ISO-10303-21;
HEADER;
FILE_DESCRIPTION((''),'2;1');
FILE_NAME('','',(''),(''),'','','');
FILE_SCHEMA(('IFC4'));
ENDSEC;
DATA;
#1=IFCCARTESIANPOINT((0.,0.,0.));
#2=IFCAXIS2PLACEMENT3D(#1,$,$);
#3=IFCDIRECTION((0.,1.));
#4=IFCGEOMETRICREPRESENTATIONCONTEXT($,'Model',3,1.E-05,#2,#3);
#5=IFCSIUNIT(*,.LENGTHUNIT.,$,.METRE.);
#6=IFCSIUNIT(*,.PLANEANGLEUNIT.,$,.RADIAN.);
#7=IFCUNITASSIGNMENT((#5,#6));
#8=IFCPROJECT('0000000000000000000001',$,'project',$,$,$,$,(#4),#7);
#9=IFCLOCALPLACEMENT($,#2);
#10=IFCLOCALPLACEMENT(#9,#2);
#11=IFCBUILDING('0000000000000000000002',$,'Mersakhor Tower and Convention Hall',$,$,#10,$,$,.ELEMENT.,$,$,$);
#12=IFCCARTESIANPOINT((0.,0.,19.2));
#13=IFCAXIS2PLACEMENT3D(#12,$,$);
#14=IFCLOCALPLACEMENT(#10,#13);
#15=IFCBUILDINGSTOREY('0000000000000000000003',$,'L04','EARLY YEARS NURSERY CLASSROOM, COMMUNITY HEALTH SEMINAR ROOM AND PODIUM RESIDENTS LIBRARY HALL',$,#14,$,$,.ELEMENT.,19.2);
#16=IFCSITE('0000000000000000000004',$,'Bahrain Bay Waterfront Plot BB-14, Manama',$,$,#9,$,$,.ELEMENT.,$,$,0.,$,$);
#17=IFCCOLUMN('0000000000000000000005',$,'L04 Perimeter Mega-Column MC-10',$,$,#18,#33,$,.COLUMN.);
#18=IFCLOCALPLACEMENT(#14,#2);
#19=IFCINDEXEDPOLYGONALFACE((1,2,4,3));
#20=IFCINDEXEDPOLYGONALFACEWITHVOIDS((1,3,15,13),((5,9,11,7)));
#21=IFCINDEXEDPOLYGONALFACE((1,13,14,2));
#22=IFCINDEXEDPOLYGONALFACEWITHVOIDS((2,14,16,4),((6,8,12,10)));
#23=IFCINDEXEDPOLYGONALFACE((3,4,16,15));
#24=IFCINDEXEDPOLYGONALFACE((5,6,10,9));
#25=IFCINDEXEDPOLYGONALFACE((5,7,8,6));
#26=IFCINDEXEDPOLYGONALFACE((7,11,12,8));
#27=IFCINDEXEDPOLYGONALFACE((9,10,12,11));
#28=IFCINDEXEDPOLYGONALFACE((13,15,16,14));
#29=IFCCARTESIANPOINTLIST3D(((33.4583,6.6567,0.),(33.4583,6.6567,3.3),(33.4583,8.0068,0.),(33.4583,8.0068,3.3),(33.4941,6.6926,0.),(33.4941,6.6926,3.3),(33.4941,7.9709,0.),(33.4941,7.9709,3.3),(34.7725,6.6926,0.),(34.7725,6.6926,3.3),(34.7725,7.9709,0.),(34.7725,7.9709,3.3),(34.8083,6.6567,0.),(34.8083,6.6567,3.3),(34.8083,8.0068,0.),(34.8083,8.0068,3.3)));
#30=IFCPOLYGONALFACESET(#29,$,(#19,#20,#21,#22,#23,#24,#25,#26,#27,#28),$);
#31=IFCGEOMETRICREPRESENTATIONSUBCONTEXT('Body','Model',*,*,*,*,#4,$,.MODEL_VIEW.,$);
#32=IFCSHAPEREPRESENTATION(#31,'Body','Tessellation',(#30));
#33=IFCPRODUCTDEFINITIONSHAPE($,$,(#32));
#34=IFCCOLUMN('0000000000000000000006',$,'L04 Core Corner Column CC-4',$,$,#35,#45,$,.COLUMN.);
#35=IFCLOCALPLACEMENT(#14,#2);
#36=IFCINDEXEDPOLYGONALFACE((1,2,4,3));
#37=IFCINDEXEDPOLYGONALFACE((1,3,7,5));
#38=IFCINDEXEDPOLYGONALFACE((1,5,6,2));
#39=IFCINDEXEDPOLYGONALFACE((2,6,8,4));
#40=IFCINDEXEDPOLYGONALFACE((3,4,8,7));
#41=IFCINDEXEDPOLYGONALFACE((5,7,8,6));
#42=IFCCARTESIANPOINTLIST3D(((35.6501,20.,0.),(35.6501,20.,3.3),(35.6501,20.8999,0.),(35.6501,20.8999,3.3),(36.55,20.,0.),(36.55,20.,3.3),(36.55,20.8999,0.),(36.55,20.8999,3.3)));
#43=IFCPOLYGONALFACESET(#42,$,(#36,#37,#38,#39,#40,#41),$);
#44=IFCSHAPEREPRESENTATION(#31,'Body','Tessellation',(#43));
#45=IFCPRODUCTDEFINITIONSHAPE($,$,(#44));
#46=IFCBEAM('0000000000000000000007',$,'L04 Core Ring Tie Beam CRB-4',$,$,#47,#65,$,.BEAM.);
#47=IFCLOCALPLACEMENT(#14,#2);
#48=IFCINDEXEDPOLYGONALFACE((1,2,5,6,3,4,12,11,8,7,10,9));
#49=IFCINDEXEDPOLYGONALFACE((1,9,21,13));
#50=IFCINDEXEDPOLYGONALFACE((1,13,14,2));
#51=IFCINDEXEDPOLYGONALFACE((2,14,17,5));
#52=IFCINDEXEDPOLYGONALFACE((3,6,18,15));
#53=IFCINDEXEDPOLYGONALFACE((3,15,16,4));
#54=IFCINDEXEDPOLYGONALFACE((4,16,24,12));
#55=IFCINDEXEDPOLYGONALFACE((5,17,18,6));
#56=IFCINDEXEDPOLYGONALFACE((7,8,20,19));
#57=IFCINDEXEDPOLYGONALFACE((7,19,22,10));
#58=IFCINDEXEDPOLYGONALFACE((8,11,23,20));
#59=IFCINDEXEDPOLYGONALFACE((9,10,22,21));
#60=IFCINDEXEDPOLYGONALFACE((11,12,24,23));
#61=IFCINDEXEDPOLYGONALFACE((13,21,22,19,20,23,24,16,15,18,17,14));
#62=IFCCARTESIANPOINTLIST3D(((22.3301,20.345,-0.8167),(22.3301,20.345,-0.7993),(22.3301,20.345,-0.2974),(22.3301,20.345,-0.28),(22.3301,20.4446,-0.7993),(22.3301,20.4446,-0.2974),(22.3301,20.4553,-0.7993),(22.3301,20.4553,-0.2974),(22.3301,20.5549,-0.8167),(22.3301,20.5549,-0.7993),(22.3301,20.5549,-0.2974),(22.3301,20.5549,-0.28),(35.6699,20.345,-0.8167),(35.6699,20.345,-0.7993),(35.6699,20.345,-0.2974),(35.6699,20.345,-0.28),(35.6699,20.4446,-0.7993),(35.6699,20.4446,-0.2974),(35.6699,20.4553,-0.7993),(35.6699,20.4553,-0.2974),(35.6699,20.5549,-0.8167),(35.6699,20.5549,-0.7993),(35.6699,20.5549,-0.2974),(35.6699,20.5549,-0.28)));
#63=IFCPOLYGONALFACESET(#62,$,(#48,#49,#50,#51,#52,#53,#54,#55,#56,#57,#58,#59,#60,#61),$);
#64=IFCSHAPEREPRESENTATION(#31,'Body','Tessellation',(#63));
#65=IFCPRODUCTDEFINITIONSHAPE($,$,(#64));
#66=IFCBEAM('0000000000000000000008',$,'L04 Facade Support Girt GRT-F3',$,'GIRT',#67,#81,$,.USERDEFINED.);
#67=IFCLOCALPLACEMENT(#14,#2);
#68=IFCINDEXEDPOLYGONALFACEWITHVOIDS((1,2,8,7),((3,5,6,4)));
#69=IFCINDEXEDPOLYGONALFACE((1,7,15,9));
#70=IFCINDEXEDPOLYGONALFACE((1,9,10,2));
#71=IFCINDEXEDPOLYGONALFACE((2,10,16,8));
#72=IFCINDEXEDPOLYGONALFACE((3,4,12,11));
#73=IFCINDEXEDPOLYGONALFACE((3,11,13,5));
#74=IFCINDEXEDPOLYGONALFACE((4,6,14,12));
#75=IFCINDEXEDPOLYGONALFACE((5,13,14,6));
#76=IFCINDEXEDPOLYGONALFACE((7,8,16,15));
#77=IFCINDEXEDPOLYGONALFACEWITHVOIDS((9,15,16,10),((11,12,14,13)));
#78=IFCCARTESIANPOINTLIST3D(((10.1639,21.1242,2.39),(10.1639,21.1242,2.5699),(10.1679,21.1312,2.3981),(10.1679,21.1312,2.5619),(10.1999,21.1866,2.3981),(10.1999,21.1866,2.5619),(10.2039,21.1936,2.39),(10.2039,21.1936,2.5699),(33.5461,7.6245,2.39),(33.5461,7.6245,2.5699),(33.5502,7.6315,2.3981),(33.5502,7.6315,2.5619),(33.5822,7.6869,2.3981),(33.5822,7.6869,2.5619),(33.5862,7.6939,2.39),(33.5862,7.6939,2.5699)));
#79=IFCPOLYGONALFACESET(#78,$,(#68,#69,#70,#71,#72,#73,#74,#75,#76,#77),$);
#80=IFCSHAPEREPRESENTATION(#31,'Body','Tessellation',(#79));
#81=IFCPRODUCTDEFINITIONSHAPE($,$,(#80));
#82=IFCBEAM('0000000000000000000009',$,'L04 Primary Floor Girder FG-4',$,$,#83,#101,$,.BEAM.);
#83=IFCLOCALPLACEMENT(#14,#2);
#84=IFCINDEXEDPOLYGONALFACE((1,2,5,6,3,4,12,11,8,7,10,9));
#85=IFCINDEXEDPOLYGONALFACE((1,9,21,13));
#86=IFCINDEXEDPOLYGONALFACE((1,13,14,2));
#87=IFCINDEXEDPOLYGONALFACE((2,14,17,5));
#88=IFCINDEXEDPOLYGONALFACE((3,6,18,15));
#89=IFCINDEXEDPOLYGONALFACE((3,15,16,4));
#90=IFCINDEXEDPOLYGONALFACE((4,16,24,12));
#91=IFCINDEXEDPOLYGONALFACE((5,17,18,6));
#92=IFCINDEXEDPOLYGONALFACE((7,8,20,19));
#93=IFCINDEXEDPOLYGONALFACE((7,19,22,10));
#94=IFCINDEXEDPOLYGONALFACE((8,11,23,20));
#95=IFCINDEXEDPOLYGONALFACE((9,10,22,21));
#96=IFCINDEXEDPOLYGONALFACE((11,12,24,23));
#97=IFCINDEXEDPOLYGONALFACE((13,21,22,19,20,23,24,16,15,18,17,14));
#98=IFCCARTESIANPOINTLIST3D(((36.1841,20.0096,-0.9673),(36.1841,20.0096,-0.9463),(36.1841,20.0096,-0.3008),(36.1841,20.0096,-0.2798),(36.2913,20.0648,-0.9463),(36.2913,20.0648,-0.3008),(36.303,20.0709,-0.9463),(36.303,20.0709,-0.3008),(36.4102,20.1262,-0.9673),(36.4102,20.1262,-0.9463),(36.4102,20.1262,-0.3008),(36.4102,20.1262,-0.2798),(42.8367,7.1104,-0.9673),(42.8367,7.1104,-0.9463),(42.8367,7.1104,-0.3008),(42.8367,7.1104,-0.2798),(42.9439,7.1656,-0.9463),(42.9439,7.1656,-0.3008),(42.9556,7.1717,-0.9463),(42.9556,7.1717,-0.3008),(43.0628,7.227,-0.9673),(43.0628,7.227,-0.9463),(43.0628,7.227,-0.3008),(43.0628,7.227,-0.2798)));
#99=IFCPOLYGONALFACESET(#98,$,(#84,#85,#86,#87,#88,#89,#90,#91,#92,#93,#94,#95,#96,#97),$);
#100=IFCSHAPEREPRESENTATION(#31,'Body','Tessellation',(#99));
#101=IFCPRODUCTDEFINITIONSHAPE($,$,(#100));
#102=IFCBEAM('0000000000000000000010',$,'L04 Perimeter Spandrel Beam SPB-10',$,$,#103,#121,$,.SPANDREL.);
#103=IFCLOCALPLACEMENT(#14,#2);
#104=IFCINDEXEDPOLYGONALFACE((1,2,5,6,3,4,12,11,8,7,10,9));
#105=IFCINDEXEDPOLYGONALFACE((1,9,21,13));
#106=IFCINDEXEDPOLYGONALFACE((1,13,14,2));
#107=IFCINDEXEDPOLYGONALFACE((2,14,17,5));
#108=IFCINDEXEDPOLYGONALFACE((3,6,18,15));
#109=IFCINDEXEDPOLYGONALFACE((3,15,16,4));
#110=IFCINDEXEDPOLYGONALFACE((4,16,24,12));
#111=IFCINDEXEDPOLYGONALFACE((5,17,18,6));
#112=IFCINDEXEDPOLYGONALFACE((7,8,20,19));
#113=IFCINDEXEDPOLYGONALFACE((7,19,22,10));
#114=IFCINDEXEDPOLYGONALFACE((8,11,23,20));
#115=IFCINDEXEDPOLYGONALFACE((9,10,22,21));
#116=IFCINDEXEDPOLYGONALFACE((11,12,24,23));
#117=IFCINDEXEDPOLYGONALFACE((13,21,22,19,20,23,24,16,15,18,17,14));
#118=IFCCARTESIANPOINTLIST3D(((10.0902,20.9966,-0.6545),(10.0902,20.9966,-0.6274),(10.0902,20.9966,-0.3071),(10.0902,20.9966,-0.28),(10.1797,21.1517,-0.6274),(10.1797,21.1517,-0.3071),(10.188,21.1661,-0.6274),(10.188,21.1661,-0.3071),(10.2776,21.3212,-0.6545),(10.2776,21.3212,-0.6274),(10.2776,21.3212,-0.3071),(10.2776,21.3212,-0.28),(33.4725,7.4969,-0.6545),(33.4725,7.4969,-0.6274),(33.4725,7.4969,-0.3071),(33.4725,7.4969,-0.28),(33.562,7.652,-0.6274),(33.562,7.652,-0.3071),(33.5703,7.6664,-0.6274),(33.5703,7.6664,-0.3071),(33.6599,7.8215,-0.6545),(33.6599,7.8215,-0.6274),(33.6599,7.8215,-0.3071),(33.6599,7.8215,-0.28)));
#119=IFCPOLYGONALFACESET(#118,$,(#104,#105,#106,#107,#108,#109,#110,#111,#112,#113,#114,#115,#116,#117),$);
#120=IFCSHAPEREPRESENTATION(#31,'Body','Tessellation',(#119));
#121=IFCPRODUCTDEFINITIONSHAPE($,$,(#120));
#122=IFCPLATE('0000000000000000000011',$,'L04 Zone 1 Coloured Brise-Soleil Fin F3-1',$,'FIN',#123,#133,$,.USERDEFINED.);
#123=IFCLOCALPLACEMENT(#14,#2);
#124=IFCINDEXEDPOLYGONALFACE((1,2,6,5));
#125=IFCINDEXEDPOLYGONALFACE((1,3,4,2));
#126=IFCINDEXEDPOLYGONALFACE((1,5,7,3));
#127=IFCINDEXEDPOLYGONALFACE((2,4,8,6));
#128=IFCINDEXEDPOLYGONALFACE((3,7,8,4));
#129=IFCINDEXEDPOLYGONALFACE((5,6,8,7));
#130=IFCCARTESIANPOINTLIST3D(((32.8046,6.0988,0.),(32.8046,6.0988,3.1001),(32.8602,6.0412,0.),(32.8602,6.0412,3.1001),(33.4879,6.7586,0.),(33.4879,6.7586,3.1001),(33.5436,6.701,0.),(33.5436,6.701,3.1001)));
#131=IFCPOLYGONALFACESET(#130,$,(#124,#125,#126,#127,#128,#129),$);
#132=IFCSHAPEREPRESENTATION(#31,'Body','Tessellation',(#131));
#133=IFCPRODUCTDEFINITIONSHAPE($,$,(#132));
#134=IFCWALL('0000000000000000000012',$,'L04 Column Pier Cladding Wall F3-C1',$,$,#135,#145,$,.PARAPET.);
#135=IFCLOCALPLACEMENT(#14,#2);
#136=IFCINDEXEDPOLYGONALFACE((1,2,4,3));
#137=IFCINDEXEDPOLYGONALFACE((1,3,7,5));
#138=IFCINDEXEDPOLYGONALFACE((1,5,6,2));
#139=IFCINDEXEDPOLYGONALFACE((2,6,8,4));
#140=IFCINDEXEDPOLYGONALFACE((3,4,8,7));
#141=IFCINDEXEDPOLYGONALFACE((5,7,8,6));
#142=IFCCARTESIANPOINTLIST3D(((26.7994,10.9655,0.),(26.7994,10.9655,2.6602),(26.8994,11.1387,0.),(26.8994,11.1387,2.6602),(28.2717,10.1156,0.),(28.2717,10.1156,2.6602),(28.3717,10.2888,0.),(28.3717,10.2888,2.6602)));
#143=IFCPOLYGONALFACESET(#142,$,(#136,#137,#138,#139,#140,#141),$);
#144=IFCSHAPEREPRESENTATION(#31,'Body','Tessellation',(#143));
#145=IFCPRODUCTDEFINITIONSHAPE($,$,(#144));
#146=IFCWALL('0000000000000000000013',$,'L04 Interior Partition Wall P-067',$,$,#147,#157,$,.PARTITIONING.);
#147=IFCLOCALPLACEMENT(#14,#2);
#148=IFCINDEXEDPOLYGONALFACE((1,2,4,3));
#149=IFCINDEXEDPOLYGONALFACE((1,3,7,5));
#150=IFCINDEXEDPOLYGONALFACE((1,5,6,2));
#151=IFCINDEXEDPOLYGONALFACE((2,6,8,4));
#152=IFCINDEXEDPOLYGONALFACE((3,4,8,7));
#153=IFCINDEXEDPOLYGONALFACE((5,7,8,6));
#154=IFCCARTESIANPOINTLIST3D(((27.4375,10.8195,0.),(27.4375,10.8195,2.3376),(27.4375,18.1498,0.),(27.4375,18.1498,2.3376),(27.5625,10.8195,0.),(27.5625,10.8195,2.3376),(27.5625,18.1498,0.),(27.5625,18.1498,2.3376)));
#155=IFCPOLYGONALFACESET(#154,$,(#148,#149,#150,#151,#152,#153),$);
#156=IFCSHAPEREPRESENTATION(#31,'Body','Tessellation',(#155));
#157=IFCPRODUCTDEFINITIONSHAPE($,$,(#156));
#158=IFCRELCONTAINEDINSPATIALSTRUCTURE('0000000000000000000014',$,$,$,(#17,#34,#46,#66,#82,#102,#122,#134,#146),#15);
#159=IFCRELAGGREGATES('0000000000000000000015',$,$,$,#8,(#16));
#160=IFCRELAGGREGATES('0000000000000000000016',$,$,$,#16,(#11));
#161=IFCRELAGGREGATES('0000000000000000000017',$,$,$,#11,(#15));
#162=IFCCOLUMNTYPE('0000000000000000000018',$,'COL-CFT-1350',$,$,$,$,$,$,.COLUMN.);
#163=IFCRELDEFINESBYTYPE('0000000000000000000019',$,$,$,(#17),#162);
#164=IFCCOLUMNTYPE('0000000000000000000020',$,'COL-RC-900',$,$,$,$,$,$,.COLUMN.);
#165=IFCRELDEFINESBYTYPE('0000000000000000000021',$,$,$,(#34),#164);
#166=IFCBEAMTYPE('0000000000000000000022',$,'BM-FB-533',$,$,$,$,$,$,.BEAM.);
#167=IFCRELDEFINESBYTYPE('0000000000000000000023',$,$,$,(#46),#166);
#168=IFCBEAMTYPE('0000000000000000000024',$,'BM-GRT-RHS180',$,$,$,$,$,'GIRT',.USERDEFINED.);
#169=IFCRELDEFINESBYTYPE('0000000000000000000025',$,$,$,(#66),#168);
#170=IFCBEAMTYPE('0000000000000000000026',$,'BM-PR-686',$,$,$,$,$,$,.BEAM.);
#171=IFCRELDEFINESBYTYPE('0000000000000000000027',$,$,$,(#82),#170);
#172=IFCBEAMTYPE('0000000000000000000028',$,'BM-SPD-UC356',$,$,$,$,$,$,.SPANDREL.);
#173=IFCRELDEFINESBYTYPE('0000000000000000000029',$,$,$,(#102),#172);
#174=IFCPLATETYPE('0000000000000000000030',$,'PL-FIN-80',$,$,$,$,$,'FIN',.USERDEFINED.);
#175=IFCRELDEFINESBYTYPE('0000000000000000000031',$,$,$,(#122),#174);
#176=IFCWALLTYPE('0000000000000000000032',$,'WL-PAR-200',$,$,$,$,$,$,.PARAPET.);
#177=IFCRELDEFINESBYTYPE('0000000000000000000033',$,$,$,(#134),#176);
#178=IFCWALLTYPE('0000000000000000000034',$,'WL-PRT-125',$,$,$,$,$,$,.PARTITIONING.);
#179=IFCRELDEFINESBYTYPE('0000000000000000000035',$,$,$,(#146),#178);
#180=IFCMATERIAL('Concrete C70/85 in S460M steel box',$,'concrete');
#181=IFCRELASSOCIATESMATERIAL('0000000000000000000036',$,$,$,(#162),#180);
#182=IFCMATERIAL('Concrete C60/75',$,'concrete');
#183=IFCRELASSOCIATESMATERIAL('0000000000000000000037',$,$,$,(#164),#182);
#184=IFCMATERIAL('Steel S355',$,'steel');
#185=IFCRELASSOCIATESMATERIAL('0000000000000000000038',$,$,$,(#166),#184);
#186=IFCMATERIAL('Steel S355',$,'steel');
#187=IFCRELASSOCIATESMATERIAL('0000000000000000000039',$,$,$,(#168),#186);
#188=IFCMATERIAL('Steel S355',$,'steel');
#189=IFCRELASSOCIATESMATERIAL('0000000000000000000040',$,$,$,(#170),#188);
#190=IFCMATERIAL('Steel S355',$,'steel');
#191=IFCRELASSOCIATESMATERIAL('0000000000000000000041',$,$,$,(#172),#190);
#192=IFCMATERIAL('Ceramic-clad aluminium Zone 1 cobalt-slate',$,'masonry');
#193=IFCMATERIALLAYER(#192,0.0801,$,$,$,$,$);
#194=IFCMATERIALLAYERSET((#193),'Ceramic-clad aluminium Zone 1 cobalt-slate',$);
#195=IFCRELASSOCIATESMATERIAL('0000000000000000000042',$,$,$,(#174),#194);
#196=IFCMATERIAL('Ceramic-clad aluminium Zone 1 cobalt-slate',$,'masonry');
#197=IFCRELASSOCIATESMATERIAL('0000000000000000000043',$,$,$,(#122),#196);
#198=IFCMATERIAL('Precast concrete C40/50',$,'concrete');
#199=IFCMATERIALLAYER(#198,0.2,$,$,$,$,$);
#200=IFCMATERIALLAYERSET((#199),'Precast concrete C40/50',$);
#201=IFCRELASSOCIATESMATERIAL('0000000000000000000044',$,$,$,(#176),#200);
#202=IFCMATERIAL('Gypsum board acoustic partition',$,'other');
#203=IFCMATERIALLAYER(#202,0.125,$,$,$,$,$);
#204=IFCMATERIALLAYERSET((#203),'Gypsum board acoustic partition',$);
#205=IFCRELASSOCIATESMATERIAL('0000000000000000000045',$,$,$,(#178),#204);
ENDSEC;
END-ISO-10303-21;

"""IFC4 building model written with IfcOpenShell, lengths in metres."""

from ifc_helpers import new_model, si_unit, direction, frame, frame_2d, origin, origin_2d, place, context, subcontext, project, spatial, rectangle, hollow_rectangle, i_section, extrude, material, layer, layer_set, material_profile, profile_set, type_object, element, save


model = new_model("IFC4")

# Units and contexts
model_context = context("Model", 3, precision=1e-05, world=origin(), true_north=direction((0.0, 1.0)))
body_context = subcontext(model_context, "Body", "Model", "MODEL_VIEW")
ifc_project = project(units=[si_unit("LENGTHUNIT", "METRE"), si_unit("PLANEANGLEUNIT", "RADIAN")], contexts=[model_context])

# Site, building, storey
site_placement = place(None, origin())
site = spatial("IfcSite", under=ifc_project, at=site_placement, Name="Bahrain Bay Waterfront Plot BB-14, Manama", CompositionType="ELEMENT", RefElevation=0.0)
building_placement = place(site_placement, origin())
building = spatial("IfcBuilding", under=site, at=building_placement, Name="Mersakhor Tower and Convention Hall", CompositionType="ELEMENT")
storey_placement = place(building_placement, frame((0.0, 0.0, 19.2)))
storey = spatial("IfcBuildingStorey", under=building, at=storey_placement, Name="L04", Description="EARLY YEARS NURSERY CLASSROOM, COMMUNITY HEALTH SEMINAR ROOM AND PODIUM RESIDENTS LIBRARY HALL", CompositionType="ELEMENT", Elevation=19.2)

# Columns
ifc_material_1 = material(Name="Concrete C70/85 in S460M steel box", Category="concrete")
ifc_material_profile_1 = material_profile(ifc_material_1, hollow_rectangle(XDim=1.3501, YDim=1.3501, WallThickness=0.0359, at=origin_2d()), Name="SHS 1350x1350x36")
ifc_profile_set_1 = profile_set([ifc_material_profile_1], Name="Concrete C70/85 in S460M steel box")
column_type_1 = type_object("IfcColumnType", Name="COL-CFT-1350", PredefinedType="COLUMN", material=ifc_profile_set_1)
column_1_placement = place(storey_placement, frame((34.1333, 7.3318, 0.0), z_axis=(0.0, 0.0, 1.0), x_axis=(1.0, 0.0, 0.0)))
element("IfcColumn", 1, at=column_1_placement, inside=storey, type_object=column_type_1, Name="L04 Perimeter Mega-Column MC-10", PredefinedType="COLUMN", context=body_context, shape_type="SweptSolid", body=[
    extrude(hollow_rectangle(XDim=1.3501, YDim=1.3501, WallThickness=0.0359, at=origin_2d()), origin(), (0.0, 0.0, 1.0), 3.3),
])
ifc_material_2 = material(Name="Concrete C60/75", Category="concrete")
ifc_material_profile_2 = material_profile(ifc_material_2, rectangle(XDim=0.8999, YDim=0.8999, at=origin_2d()), Name="RC 900x900")
ifc_profile_set_2 = profile_set([ifc_material_profile_2], Name="Concrete C60/75")
column_type_2 = type_object("IfcColumnType", Name="COL-RC-900", PredefinedType="COLUMN", material=ifc_profile_set_2)
column_2_placement = place(storey_placement, frame((36.1001, 20.45, 0.0), z_axis=(0.0, 0.0, 1.0), x_axis=(1.0, 0.0, 0.0)))
element("IfcColumn", 2, at=column_2_placement, inside=storey, type_object=column_type_2, Name="L04 Core Corner Column CC-4", PredefinedType="COLUMN", context=body_context, shape_type="SweptSolid", body=[
    extrude(rectangle(XDim=0.8999, YDim=0.8999, at=origin_2d()), origin(), (0.0, 0.0, 1.0), 3.3),
])

# Beams
ifc_material_3 = material(Name="Steel S355", Category="steel")
ifc_material_profile_3 = material_profile(ifc_material_3, i_section(OverallWidth=0.21, OverallDepth=0.5366, WebThickness=0.0107, FlangeThickness=0.0173, at=origin_2d()), Name="UB 533x210x101")
ifc_profile_set_3 = profile_set([ifc_material_profile_3], Name="Steel S355")
beam_type_1 = type_object("IfcBeamType", Name="BM-FB-533", PredefinedType="BEAM", material=ifc_profile_set_3)
beam_1_placement = place(storey_placement, frame((35.6699, 20.45, -0.5483), z_axis=(-1.0, 0.0, 0.0), x_axis=(0.0, -1.0, 0.0)))
element("IfcBeam", 3, at=beam_1_placement, inside=storey, type_object=beam_type_1, Name="L04 Core Ring Tie Beam CRB-4", PredefinedType="BEAM", context=body_context, shape_type="SweptSolid", body=[
    extrude(i_section(OverallWidth=0.21, OverallDepth=0.5366, WebThickness=0.0107, FlangeThickness=0.0173, at=origin_2d()), origin(), (0.0, 0.0, 1.0), 13.3398),
])
ifc_material_4 = material(Name="Steel S355", Category="steel")
ifc_material_profile_4 = material_profile(ifc_material_4, hollow_rectangle(XDim=0.0801, YDim=0.1799, WallThickness=0.0081, at=origin_2d()), Name="RHS 180x80x8")
ifc_profile_set_4 = profile_set([ifc_material_profile_4], Name="Steel S355")
beam_type_2 = type_object("IfcBeamType", Name="BM-GRT-RHS180", ElementType="GIRT", PredefinedType="USERDEFINED", material=ifc_profile_set_4)
beam_2_placement = place(storey_placement, frame((33.5662, 7.6592, 2.48), z_axis=(-0.866026, 0.499999, 0.0), x_axis=(-0.499999, -0.866026, 0.0)))
element("IfcBeam", 4, at=beam_2_placement, inside=storey, type_object=beam_type_2, Name="L04 Facade Support Girt GRT-F3", ObjectType="GIRT", PredefinedType="USERDEFINED", context=body_context, shape_type="SweptSolid", body=[
    extrude(hollow_rectangle(XDim=0.0801, YDim=0.1799, WallThickness=0.0081, at=origin_2d()), origin(), (0.0, 0.0, 1.0), 26.9995),
])
ifc_material_5 = material(Name="Steel S355", Category="steel")
ifc_material_profile_5 = material_profile(ifc_material_5, i_section(OverallWidth=0.2544, OverallDepth=0.6875, WebThickness=0.0132, FlangeThickness=0.021, at=origin_2d()), Name="UB 686x254x152")
ifc_profile_set_5 = profile_set([ifc_material_profile_5], Name="Steel S355")
beam_type_3 = type_object("IfcBeamType", Name="BM-PR-686", PredefinedType="BEAM", material=ifc_profile_set_5)
beam_3_placement = place(storey_placement, frame((36.2971, 20.0679, -0.6235), z_axis=(0.458368, -0.888762, 0.0), x_axis=(0.888762, 0.458368, 0.0)))
element("IfcBeam", 5, at=beam_3_placement, inside=storey, type_object=beam_type_3, Name="L04 Primary Floor Girder FG-4", PredefinedType="BEAM", context=body_context, shape_type="SweptSolid", body=[
    extrude(i_section(OverallWidth=0.2544, OverallDepth=0.6875, WebThickness=0.0132, FlangeThickness=0.021, at=origin_2d()), origin(), (0.0, 0.0, 1.0), 14.5137),
])
ifc_material_6 = material(Name="Steel S355", Category="steel")
ifc_material_profile_6 = material_profile(ifc_material_6, i_section(OverallWidth=0.3748, OverallDepth=0.3745, WebThickness=0.0166, FlangeThickness=0.0271, at=origin_2d()), Name="UC 356x368x202")
ifc_profile_set_6 = profile_set([ifc_material_profile_6], Name="Steel S355")
beam_type_4 = type_object("IfcBeamType", Name="BM-SPD-UC356", PredefinedType="SPANDREL", material=ifc_profile_set_6)
beam_4_placement = place(storey_placement, frame((33.5662, 7.6592, -0.4673), z_axis=(-0.866026, 0.499999, 0.0), x_axis=(-0.499999, -0.866026, 0.0)))
element("IfcBeam", 6, at=beam_4_placement, inside=storey, type_object=beam_type_4, Name="L04 Perimeter Spandrel Beam SPB-10", PredefinedType="SPANDREL", context=body_context, shape_type="SweptSolid", body=[
    extrude(i_section(OverallWidth=0.3748, OverallDepth=0.3745, WebThickness=0.0166, FlangeThickness=0.0271, at=origin_2d()), origin(), (0.0, 0.0, 1.0), 26.9995),
])

# Plate
ifc_material_7 = material(Name="Ceramic-clad aluminium Zone 1 cobalt-slate", Category="masonry")
ifc_material_8 = material(Name="Ceramic-clad aluminium Zone 1 cobalt-slate", Category="masonry")
ifc_layer_1 = layer(ifc_material_8, 0.0801)
ifc_layer_set_1 = layer_set([ifc_layer_1], Name="Ceramic-clad aluminium Zone 1 cobalt-slate")
plate_type = type_object("IfcPlateType", Name="PL-FIN-80", ElementType="FIN", PredefinedType="USERDEFINED", material=ifc_layer_set_1)
plate_placement = place(storey_placement, frame((33.1741, 6.3999, 0.0), z_axis=(0.0, 0.0, 1.0), x_axis=(-0.71934, -0.694658, 0.0)))
element("IfcPlate", 7, at=plate_placement, inside=storey, type_object=plate_type, material=ifc_material_7, Name="L04 Zone 1 Coloured Brise-Soleil Fin F3-1", ObjectType="FIN", PredefinedType="USERDEFINED", context=body_context, shape_type="SweptSolid", body=[
    extrude(rectangle(XDim=0.95, YDim=0.0801, at=origin_2d()), origin(), (0.0, 0.0, 1.0), 3.1001),
])

# Walls
ifc_material_9 = material(Name="Precast concrete C40/50", Category="concrete")
ifc_layer_2 = layer(ifc_material_9, 0.2)
ifc_layer_set_2 = layer_set([ifc_layer_2], Name="Precast concrete C40/50")
wall_type_1 = type_object("IfcWallType", Name="WL-PAR-200", PredefinedType="PARAPET", material=ifc_layer_set_2)
wall_1_placement = place(storey_placement, frame((28.3218, 10.2021, 0.0), z_axis=(0.0, 0.0, 1.0), x_axis=(-0.866052, 0.499955, 0.0)))
element("IfcWall", 8, at=wall_1_placement, inside=storey, type_object=wall_type_1, Name="L04 Column Pier Cladding Wall F3-C1", PredefinedType="PARAPET", context=body_context, shape_type="SweptSolid", body=[
    extrude(rectangle(XDim=1.7, YDim=0.2, at=frame_2d((0.8501, 0.0))), origin(), (0.0, 0.0, 1.0), 2.6602),
])
ifc_material_10 = material(Name="Gypsum board acoustic partition", Category="other")
ifc_layer_3 = layer(ifc_material_10, 0.125)
ifc_layer_set_3 = layer_set([ifc_layer_3], Name="Gypsum board acoustic partition")
wall_type_2 = type_object("IfcWallType", Name="WL-PRT-125", PredefinedType="PARTITIONING", material=ifc_layer_set_3)
wall_2_placement = place(storey_placement, frame((27.5, 10.8196, 0.0), z_axis=(0.0, 0.0, 1.0), x_axis=(0.0, 1.0, 0.0)))
element("IfcWall", 9, at=wall_2_placement, inside=storey, type_object=wall_type_2, Name="L04 Interior Partition Wall P-067", PredefinedType="PARTITIONING", context=body_context, shape_type="SweptSolid", body=[
    extrude(rectangle(XDim=7.3303, YDim=0.125, at=frame_2d((3.665, 0.0))), origin(), (0.0, 0.0, 1.0), 2.3376),
])

save(model, "model.ifc")
